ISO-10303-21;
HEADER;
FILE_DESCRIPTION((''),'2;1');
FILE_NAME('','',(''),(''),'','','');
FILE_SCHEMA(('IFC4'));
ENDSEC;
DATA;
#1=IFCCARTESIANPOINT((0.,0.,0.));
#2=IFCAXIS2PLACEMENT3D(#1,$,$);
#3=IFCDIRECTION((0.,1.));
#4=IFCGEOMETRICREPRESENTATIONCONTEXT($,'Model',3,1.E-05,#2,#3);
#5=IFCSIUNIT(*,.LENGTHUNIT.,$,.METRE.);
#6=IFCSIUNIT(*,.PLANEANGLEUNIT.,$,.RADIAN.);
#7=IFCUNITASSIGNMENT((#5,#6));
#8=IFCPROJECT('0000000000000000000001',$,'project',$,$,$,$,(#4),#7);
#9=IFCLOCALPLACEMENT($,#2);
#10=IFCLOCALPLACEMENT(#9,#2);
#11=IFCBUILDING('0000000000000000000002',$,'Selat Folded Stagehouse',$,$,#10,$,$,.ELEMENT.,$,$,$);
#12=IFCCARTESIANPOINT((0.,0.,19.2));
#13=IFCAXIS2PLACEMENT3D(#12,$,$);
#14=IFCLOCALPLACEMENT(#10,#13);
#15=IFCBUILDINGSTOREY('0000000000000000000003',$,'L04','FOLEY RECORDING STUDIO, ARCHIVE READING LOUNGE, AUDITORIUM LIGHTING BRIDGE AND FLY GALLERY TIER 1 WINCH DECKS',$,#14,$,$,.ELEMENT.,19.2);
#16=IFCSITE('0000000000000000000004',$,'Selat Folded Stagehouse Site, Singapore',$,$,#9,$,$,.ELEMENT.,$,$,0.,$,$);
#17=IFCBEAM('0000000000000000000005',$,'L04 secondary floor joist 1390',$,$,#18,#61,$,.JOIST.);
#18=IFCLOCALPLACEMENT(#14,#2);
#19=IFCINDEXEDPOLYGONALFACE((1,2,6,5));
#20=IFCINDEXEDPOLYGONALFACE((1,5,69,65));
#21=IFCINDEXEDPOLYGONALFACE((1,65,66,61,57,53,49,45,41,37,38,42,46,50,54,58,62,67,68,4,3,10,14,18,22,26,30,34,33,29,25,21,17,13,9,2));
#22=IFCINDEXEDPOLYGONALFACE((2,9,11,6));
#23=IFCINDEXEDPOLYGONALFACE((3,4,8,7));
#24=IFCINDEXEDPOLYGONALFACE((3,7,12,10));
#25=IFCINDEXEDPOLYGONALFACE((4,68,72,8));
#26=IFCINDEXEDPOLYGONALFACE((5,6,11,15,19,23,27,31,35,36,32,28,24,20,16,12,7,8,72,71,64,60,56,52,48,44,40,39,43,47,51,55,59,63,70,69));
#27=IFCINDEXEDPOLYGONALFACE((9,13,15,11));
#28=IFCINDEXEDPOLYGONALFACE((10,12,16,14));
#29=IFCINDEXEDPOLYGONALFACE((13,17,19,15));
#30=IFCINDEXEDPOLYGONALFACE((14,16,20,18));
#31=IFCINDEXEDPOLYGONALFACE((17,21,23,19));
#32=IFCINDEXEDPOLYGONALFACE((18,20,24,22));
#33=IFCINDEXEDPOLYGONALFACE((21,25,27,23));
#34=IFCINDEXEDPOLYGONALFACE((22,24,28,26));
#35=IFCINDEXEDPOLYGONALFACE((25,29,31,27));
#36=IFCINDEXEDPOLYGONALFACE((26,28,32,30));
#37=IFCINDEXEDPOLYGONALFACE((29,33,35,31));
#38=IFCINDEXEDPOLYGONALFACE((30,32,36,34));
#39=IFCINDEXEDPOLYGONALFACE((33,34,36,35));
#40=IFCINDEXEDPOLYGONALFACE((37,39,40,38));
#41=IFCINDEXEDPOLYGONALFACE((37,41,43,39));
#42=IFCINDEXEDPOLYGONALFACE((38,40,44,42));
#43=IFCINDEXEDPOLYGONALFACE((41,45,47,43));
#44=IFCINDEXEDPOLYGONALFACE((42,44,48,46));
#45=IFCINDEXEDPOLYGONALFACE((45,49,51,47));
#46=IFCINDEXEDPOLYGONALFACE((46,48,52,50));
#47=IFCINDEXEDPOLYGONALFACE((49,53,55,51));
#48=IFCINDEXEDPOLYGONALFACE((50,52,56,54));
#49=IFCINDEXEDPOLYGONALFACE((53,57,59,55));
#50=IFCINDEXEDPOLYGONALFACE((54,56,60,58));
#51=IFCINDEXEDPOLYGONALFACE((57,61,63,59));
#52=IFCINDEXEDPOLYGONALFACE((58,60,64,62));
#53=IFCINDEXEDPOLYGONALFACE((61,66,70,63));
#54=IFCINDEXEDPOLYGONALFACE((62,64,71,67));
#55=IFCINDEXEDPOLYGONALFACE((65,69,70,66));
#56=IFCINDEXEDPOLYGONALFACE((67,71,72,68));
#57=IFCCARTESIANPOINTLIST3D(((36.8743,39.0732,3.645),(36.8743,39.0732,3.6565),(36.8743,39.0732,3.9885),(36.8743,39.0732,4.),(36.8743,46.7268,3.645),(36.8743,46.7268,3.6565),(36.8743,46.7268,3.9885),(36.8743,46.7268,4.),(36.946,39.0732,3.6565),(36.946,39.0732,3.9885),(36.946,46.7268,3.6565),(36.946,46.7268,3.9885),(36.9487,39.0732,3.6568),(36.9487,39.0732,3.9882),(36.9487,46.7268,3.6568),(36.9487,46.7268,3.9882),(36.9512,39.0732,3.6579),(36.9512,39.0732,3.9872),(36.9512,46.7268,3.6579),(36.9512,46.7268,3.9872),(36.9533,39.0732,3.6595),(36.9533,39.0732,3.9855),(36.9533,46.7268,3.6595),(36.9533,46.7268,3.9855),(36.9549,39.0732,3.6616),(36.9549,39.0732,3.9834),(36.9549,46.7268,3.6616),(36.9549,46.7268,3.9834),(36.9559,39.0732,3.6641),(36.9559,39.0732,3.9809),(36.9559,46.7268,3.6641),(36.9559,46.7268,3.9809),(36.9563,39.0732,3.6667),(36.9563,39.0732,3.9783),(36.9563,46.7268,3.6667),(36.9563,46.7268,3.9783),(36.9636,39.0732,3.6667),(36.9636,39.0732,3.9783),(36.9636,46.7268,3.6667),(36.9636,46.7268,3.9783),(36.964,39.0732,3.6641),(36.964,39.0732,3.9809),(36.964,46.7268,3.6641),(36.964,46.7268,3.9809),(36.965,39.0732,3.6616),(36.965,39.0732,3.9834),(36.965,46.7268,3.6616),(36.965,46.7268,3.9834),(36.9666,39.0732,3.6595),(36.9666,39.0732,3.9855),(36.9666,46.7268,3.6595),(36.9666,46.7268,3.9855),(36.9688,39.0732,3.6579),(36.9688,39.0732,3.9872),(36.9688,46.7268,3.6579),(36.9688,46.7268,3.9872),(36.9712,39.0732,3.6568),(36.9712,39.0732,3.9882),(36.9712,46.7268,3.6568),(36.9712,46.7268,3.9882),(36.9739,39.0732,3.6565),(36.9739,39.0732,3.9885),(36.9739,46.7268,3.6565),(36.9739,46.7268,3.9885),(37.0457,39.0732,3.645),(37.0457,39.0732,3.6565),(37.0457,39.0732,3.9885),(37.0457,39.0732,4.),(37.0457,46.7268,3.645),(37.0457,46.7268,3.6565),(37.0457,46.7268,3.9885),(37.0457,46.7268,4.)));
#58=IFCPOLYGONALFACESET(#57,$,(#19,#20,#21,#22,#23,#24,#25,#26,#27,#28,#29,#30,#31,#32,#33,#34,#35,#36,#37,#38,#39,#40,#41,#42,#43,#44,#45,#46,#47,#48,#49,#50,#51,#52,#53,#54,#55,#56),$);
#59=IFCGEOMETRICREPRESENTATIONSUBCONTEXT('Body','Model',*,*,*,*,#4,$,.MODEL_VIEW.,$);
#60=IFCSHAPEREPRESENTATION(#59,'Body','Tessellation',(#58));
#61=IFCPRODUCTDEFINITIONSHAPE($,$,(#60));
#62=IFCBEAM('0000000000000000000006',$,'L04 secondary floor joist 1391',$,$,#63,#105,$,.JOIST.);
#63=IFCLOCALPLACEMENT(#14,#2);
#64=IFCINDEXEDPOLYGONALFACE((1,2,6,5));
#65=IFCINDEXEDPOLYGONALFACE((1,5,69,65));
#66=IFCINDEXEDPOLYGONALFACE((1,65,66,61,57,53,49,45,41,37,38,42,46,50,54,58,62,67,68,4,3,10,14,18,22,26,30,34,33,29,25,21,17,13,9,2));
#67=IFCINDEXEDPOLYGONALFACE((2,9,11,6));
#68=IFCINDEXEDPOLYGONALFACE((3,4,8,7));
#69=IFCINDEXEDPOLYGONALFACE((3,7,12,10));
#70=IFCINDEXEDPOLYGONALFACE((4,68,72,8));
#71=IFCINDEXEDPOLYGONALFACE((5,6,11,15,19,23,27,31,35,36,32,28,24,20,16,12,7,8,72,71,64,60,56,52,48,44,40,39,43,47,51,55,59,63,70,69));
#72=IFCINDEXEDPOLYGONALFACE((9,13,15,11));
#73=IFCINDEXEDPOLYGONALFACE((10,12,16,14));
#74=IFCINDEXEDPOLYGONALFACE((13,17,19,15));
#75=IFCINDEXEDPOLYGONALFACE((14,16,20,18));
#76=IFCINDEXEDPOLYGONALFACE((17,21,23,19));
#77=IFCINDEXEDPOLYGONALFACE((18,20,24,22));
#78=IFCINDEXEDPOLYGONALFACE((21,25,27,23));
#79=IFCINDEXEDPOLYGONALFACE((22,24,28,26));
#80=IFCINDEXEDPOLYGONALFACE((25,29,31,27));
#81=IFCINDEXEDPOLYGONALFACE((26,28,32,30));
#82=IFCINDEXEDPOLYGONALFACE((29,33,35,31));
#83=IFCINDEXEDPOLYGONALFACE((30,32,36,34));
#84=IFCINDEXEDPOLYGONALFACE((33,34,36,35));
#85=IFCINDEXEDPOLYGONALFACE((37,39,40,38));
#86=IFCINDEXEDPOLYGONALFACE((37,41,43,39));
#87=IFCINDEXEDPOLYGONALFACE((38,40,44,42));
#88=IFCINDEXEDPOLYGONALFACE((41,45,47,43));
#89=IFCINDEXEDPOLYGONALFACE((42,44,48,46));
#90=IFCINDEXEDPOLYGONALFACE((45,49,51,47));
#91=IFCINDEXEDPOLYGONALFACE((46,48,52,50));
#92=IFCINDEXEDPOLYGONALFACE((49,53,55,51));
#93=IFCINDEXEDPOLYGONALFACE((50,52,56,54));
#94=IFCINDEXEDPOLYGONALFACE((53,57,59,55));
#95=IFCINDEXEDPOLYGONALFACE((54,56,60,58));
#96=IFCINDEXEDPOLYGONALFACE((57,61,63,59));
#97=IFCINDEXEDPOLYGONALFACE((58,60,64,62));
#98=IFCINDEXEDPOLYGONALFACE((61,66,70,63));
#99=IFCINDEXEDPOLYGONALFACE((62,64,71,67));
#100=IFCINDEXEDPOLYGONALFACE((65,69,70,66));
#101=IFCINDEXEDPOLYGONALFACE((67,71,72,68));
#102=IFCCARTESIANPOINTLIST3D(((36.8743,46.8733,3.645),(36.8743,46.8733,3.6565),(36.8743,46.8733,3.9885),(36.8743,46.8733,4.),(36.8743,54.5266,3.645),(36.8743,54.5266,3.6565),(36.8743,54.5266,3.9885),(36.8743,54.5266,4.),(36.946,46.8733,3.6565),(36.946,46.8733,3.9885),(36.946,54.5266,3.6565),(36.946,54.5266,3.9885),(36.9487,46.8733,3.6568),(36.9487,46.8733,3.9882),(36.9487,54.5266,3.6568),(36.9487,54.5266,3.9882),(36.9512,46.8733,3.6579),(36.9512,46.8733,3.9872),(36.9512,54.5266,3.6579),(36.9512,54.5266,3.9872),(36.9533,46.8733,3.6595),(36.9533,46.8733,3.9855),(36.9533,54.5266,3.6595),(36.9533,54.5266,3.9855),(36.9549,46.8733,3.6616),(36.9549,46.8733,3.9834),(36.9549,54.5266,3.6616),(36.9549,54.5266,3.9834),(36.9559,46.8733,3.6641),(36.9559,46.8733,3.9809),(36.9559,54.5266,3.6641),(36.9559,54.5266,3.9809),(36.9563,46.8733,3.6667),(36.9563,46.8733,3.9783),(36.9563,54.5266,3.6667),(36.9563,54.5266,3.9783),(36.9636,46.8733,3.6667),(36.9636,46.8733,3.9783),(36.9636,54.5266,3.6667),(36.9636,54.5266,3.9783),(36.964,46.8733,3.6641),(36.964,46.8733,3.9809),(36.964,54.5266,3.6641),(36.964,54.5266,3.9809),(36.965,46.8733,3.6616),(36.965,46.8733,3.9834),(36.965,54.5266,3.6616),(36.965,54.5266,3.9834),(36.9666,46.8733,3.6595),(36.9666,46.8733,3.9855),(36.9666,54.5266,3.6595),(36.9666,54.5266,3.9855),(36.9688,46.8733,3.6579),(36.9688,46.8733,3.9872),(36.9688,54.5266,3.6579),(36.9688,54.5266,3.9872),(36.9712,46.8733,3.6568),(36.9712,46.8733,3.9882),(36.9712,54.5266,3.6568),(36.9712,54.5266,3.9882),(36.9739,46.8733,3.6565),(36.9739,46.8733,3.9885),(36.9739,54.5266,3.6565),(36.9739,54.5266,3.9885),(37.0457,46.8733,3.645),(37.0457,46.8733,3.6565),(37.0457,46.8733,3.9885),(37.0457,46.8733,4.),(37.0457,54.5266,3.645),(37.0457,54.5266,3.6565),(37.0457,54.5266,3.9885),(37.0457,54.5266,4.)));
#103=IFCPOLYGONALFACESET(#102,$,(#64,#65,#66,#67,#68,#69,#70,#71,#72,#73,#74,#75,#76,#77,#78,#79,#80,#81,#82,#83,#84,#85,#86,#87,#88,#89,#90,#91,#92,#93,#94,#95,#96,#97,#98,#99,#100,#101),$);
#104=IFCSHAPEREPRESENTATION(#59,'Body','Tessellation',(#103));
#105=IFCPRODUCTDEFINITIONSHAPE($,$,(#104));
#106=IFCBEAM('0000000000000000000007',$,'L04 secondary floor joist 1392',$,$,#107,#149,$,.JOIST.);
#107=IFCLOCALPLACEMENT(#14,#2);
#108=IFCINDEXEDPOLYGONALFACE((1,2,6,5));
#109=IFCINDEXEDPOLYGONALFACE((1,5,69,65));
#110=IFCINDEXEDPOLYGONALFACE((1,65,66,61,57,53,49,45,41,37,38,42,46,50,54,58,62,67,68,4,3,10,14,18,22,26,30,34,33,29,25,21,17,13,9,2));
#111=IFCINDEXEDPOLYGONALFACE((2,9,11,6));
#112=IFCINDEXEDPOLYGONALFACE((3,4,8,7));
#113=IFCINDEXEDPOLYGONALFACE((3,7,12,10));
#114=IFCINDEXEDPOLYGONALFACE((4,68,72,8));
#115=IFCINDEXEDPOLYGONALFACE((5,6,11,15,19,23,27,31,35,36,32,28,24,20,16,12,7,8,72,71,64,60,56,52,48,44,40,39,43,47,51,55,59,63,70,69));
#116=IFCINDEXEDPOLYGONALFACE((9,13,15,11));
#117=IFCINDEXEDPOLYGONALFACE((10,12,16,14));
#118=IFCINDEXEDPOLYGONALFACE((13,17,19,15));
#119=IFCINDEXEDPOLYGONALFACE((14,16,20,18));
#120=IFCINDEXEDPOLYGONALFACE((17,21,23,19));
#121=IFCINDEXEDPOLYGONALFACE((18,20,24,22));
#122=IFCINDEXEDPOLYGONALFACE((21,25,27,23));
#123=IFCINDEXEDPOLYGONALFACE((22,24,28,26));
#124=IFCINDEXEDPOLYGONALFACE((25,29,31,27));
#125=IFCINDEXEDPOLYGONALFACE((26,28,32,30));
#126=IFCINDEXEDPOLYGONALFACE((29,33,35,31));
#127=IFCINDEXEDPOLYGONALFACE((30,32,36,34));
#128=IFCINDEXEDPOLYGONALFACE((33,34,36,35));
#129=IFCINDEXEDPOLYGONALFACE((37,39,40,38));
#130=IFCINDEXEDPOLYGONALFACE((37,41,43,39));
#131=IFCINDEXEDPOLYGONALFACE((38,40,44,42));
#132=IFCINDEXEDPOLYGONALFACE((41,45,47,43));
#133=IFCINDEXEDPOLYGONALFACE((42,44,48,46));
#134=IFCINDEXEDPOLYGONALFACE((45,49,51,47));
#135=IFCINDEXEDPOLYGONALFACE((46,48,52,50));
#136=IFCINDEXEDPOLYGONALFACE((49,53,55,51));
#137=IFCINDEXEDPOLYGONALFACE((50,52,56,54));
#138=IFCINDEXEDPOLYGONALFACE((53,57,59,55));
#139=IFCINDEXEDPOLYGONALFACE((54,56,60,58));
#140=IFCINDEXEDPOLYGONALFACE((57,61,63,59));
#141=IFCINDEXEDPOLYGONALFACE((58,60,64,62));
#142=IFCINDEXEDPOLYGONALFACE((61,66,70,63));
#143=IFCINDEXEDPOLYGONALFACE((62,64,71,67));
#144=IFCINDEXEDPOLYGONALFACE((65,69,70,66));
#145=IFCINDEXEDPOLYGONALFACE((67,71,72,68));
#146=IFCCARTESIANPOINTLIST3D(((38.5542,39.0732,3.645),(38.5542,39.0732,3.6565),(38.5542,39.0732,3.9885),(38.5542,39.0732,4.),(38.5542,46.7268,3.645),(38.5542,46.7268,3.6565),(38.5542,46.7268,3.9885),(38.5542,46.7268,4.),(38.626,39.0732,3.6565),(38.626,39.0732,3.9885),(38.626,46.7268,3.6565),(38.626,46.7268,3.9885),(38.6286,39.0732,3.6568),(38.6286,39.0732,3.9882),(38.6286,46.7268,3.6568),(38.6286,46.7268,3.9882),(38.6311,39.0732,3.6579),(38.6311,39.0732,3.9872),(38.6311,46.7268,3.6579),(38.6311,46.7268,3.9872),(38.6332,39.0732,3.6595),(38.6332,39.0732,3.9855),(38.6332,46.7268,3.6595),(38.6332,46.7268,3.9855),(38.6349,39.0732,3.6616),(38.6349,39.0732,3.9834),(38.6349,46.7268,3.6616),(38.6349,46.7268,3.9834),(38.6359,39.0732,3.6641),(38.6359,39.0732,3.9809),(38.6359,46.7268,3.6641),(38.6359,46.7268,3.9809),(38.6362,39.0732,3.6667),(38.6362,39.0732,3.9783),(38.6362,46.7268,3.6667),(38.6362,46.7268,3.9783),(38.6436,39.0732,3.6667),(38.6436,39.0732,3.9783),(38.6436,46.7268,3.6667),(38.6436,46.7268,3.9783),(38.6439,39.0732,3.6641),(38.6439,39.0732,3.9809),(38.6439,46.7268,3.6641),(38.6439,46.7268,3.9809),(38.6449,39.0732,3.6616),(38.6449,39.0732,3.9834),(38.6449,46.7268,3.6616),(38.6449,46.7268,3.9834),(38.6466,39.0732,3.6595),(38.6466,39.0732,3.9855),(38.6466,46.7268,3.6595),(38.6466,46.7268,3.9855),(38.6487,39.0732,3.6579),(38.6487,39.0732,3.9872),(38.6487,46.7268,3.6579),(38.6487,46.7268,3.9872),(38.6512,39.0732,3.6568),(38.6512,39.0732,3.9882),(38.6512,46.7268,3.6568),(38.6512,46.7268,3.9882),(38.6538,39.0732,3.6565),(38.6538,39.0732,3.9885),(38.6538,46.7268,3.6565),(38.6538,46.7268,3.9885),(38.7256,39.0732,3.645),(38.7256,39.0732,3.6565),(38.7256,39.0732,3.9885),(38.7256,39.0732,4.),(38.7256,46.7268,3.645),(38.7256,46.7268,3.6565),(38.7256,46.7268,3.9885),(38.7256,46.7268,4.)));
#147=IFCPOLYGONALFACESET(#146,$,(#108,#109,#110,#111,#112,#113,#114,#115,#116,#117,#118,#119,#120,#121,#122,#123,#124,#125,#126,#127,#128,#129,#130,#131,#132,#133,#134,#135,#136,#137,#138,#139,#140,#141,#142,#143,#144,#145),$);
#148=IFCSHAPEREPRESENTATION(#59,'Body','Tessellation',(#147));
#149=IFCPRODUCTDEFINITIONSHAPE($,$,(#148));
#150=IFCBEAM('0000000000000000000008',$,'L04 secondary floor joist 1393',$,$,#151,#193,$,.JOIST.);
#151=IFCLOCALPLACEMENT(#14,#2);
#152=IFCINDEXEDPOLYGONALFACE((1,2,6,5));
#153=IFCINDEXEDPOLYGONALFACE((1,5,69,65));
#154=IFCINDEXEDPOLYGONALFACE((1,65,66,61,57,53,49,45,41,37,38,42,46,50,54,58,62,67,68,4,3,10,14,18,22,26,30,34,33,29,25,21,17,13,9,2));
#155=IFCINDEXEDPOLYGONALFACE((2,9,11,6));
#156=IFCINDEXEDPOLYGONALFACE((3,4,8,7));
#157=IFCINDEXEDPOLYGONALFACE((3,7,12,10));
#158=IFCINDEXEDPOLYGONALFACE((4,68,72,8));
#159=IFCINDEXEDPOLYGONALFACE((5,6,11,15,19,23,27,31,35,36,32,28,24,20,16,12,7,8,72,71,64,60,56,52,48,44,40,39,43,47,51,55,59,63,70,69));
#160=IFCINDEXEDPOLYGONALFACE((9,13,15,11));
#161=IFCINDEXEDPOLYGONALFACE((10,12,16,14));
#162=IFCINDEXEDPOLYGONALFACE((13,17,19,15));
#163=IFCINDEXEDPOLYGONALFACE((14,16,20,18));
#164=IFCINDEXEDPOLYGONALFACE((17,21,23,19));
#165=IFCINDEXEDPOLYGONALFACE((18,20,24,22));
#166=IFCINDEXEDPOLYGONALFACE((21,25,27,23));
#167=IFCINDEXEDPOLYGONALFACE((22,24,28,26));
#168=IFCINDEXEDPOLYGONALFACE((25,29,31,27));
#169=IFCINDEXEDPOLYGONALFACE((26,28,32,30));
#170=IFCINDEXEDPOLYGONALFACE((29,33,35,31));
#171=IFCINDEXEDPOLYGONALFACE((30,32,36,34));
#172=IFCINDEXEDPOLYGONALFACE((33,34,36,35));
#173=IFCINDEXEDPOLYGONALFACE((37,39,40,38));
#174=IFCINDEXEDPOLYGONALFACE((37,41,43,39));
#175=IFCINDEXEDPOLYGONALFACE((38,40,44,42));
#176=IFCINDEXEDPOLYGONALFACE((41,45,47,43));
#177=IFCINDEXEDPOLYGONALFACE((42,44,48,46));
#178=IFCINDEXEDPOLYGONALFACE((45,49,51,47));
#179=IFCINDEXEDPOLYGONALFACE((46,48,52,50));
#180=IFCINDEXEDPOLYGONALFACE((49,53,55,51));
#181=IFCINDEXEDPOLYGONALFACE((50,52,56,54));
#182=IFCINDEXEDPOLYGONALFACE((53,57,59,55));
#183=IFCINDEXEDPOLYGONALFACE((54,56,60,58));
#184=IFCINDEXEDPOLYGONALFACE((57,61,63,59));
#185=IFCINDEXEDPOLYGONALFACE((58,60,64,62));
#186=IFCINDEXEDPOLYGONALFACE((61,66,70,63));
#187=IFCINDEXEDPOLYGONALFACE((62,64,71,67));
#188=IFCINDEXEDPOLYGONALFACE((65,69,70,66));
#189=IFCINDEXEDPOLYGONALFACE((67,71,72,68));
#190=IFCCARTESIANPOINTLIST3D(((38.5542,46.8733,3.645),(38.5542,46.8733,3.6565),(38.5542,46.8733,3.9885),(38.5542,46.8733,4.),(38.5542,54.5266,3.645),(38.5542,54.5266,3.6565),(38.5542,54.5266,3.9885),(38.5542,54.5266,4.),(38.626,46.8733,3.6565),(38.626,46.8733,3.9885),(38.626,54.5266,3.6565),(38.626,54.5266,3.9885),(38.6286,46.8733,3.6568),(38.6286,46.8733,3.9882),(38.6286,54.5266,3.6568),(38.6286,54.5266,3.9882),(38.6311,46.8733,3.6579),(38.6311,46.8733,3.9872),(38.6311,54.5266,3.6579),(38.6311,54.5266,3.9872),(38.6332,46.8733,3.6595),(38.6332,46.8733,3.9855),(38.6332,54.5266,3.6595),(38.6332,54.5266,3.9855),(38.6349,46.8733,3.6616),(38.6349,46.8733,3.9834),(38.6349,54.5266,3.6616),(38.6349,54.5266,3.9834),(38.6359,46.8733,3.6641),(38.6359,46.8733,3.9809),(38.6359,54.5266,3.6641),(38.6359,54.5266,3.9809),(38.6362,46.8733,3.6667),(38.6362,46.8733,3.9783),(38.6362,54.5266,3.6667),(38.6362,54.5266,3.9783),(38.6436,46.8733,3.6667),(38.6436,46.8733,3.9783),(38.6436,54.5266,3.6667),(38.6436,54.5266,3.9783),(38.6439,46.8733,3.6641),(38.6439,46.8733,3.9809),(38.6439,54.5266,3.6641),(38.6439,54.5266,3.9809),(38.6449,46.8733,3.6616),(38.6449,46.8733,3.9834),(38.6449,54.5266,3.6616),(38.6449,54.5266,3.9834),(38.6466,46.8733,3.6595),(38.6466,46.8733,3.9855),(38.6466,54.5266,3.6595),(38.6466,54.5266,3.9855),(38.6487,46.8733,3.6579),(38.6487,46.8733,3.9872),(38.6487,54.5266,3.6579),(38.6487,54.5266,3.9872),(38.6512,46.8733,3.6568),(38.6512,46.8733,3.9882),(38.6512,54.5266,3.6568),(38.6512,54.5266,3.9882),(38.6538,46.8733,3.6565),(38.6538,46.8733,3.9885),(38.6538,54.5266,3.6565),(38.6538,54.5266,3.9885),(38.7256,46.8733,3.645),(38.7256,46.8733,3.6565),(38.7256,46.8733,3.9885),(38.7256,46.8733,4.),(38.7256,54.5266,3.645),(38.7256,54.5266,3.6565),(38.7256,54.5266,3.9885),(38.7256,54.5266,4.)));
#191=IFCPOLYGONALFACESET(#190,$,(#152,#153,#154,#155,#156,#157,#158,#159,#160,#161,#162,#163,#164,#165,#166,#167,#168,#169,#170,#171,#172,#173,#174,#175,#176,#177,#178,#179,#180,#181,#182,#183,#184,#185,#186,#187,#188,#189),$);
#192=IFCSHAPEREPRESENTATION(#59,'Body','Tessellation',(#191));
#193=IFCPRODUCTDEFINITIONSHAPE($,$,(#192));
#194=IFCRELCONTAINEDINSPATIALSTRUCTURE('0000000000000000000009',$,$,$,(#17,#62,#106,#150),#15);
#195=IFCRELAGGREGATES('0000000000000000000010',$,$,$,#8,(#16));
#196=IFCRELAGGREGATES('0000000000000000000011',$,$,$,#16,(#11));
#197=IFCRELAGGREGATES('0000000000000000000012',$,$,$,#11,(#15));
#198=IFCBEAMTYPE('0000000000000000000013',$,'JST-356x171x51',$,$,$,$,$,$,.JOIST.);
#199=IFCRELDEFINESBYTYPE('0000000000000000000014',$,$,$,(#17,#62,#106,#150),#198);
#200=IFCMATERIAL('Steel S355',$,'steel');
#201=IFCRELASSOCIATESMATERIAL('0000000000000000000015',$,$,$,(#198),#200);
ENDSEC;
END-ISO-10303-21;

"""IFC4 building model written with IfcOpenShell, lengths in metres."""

from ifc_helpers import new_model, si_unit, direction, frame, origin, origin_2d, place, context, subcontext, project, spatial, i_section, extrude, material, material_profile, profile_set, type_object, element, save


model = new_model("IFC4")

# Units and contexts
model_context = context("Model", 3, precision=1e-05, world=origin(), true_north=direction((0.0, 1.0)))
body_context = subcontext(model_context, "Body", "Model", "MODEL_VIEW")
ifc_project = project(units=[si_unit("LENGTHUNIT", "METRE"), si_unit("PLANEANGLEUNIT", "RADIAN")], contexts=[model_context])

# Site, building, storey
site_placement = place(None, origin())
site = spatial("IfcSite", under=ifc_project, at=site_placement, Name="Selat Folded Stagehouse Site, Singapore", CompositionType="ELEMENT", RefElevation=0.0)
building_placement = place(site_placement, origin())
building = spatial("IfcBuilding", under=site, at=building_placement, Name="Selat Folded Stagehouse", CompositionType="ELEMENT")
storey_placement = place(building_placement, frame((0.0, 0.0, 19.2)))
storey = spatial("IfcBuildingStorey", under=building, at=storey_placement, Name="L04", Description="FOLEY RECORDING STUDIO, ARCHIVE READING LOUNGE, AUDITORIUM LIGHTING BRIDGE AND FLY GALLERY TIER 1 WINCH DECKS", CompositionType="ELEMENT", Elevation=19.2)

# Shared definitions
ifc_material_1 = material(Name="Steel S355", Category="steel")

# Beams
ifc_material_profile_1 = material_profile(ifc_material_1, i_section(OverallWidth=0.1714, OverallDepth=0.355, WebThickness=0.0073, FlangeThickness=0.0115, FilletRadius=0.0103, at=origin_2d()), Name="UKB 356x171x51")
ifc_profile_set_1 = profile_set([ifc_material_profile_1], Name="Steel S355")
beam_type_1 = type_object("IfcBeamType", Name="JST-356x171x51", PredefinedType="JOIST", material=ifc_profile_set_1)
beam_1_placement = place(storey_placement, frame((36.96, 39.0732, 3.8225), z_axis=(0.0, 1.0, 0.0), x_axis=(-1.0, 0.0, 0.0)))
element("IfcBeam", 1, at=beam_1_placement, inside=storey, type_object=beam_type_1, Name="L04 secondary floor joist 1390", PredefinedType="JOIST", context=body_context, shape_type="SweptSolid", body=[
    extrude(i_section(OverallWidth=0.1714, OverallDepth=0.355, WebThickness=0.0073, FlangeThickness=0.0115, FilletRadius=0.0103, at=origin_2d()), origin(), (0.0, 0.0, 1.0), 7.6536),
])
beam_2_placement = place(storey_placement, frame((36.96, 46.8733, 3.8225), z_axis=(0.0, 1.0, 0.0), x_axis=(-1.0, 0.0, 0.0)))
element("IfcBeam", 2, at=beam_2_placement, inside=storey, type_object=beam_type_1, Name="L04 secondary floor joist 1391", PredefinedType="JOIST", context=body_context, shape_type="SweptSolid", body=[
    extrude(i_section(OverallWidth=0.1714, OverallDepth=0.355, WebThickness=0.0073, FlangeThickness=0.0115, FilletRadius=0.0103, at=origin_2d()), origin(), (0.0, 0.0, 1.0), 7.6533),
])
beam_3_placement = place(storey_placement, frame((38.6399, 39.0732, 3.8225), z_axis=(0.0, 1.0, 0.0), x_axis=(-1.0, 0.0, 0.0)))
element("IfcBeam", 3, at=beam_3_placement, inside=storey, type_object=beam_type_1, Name="L04 secondary floor joist 1392", PredefinedType="JOIST", context=body_context, shape_type="SweptSolid", body=[
    extrude(i_section(OverallWidth=0.1714, OverallDepth=0.355, WebThickness=0.0073, FlangeThickness=0.0115, FilletRadius=0.0103, at=origin_2d()), origin(), (0.0, 0.0, 1.0), 7.6536),
])
beam_4_placement = place(storey_placement, frame((38.6399, 46.8733, 3.8225), z_axis=(0.0, 1.0, 0.0), x_axis=(-1.0, 0.0, 0.0)))
element("IfcBeam", 4, at=beam_4_placement, inside=storey, type_object=beam_type_1, Name="L04 secondary floor joist 1393", PredefinedType="JOIST", context=body_context, shape_type="SweptSolid", body=[
    extrude(i_section(OverallWidth=0.1714, OverallDepth=0.355, WebThickness=0.0073, FlangeThickness=0.0115, FilletRadius=0.0103, at=origin_2d()), origin(), (0.0, 0.0, 1.0), 7.6533),
])

save(model, "model.ifc")
